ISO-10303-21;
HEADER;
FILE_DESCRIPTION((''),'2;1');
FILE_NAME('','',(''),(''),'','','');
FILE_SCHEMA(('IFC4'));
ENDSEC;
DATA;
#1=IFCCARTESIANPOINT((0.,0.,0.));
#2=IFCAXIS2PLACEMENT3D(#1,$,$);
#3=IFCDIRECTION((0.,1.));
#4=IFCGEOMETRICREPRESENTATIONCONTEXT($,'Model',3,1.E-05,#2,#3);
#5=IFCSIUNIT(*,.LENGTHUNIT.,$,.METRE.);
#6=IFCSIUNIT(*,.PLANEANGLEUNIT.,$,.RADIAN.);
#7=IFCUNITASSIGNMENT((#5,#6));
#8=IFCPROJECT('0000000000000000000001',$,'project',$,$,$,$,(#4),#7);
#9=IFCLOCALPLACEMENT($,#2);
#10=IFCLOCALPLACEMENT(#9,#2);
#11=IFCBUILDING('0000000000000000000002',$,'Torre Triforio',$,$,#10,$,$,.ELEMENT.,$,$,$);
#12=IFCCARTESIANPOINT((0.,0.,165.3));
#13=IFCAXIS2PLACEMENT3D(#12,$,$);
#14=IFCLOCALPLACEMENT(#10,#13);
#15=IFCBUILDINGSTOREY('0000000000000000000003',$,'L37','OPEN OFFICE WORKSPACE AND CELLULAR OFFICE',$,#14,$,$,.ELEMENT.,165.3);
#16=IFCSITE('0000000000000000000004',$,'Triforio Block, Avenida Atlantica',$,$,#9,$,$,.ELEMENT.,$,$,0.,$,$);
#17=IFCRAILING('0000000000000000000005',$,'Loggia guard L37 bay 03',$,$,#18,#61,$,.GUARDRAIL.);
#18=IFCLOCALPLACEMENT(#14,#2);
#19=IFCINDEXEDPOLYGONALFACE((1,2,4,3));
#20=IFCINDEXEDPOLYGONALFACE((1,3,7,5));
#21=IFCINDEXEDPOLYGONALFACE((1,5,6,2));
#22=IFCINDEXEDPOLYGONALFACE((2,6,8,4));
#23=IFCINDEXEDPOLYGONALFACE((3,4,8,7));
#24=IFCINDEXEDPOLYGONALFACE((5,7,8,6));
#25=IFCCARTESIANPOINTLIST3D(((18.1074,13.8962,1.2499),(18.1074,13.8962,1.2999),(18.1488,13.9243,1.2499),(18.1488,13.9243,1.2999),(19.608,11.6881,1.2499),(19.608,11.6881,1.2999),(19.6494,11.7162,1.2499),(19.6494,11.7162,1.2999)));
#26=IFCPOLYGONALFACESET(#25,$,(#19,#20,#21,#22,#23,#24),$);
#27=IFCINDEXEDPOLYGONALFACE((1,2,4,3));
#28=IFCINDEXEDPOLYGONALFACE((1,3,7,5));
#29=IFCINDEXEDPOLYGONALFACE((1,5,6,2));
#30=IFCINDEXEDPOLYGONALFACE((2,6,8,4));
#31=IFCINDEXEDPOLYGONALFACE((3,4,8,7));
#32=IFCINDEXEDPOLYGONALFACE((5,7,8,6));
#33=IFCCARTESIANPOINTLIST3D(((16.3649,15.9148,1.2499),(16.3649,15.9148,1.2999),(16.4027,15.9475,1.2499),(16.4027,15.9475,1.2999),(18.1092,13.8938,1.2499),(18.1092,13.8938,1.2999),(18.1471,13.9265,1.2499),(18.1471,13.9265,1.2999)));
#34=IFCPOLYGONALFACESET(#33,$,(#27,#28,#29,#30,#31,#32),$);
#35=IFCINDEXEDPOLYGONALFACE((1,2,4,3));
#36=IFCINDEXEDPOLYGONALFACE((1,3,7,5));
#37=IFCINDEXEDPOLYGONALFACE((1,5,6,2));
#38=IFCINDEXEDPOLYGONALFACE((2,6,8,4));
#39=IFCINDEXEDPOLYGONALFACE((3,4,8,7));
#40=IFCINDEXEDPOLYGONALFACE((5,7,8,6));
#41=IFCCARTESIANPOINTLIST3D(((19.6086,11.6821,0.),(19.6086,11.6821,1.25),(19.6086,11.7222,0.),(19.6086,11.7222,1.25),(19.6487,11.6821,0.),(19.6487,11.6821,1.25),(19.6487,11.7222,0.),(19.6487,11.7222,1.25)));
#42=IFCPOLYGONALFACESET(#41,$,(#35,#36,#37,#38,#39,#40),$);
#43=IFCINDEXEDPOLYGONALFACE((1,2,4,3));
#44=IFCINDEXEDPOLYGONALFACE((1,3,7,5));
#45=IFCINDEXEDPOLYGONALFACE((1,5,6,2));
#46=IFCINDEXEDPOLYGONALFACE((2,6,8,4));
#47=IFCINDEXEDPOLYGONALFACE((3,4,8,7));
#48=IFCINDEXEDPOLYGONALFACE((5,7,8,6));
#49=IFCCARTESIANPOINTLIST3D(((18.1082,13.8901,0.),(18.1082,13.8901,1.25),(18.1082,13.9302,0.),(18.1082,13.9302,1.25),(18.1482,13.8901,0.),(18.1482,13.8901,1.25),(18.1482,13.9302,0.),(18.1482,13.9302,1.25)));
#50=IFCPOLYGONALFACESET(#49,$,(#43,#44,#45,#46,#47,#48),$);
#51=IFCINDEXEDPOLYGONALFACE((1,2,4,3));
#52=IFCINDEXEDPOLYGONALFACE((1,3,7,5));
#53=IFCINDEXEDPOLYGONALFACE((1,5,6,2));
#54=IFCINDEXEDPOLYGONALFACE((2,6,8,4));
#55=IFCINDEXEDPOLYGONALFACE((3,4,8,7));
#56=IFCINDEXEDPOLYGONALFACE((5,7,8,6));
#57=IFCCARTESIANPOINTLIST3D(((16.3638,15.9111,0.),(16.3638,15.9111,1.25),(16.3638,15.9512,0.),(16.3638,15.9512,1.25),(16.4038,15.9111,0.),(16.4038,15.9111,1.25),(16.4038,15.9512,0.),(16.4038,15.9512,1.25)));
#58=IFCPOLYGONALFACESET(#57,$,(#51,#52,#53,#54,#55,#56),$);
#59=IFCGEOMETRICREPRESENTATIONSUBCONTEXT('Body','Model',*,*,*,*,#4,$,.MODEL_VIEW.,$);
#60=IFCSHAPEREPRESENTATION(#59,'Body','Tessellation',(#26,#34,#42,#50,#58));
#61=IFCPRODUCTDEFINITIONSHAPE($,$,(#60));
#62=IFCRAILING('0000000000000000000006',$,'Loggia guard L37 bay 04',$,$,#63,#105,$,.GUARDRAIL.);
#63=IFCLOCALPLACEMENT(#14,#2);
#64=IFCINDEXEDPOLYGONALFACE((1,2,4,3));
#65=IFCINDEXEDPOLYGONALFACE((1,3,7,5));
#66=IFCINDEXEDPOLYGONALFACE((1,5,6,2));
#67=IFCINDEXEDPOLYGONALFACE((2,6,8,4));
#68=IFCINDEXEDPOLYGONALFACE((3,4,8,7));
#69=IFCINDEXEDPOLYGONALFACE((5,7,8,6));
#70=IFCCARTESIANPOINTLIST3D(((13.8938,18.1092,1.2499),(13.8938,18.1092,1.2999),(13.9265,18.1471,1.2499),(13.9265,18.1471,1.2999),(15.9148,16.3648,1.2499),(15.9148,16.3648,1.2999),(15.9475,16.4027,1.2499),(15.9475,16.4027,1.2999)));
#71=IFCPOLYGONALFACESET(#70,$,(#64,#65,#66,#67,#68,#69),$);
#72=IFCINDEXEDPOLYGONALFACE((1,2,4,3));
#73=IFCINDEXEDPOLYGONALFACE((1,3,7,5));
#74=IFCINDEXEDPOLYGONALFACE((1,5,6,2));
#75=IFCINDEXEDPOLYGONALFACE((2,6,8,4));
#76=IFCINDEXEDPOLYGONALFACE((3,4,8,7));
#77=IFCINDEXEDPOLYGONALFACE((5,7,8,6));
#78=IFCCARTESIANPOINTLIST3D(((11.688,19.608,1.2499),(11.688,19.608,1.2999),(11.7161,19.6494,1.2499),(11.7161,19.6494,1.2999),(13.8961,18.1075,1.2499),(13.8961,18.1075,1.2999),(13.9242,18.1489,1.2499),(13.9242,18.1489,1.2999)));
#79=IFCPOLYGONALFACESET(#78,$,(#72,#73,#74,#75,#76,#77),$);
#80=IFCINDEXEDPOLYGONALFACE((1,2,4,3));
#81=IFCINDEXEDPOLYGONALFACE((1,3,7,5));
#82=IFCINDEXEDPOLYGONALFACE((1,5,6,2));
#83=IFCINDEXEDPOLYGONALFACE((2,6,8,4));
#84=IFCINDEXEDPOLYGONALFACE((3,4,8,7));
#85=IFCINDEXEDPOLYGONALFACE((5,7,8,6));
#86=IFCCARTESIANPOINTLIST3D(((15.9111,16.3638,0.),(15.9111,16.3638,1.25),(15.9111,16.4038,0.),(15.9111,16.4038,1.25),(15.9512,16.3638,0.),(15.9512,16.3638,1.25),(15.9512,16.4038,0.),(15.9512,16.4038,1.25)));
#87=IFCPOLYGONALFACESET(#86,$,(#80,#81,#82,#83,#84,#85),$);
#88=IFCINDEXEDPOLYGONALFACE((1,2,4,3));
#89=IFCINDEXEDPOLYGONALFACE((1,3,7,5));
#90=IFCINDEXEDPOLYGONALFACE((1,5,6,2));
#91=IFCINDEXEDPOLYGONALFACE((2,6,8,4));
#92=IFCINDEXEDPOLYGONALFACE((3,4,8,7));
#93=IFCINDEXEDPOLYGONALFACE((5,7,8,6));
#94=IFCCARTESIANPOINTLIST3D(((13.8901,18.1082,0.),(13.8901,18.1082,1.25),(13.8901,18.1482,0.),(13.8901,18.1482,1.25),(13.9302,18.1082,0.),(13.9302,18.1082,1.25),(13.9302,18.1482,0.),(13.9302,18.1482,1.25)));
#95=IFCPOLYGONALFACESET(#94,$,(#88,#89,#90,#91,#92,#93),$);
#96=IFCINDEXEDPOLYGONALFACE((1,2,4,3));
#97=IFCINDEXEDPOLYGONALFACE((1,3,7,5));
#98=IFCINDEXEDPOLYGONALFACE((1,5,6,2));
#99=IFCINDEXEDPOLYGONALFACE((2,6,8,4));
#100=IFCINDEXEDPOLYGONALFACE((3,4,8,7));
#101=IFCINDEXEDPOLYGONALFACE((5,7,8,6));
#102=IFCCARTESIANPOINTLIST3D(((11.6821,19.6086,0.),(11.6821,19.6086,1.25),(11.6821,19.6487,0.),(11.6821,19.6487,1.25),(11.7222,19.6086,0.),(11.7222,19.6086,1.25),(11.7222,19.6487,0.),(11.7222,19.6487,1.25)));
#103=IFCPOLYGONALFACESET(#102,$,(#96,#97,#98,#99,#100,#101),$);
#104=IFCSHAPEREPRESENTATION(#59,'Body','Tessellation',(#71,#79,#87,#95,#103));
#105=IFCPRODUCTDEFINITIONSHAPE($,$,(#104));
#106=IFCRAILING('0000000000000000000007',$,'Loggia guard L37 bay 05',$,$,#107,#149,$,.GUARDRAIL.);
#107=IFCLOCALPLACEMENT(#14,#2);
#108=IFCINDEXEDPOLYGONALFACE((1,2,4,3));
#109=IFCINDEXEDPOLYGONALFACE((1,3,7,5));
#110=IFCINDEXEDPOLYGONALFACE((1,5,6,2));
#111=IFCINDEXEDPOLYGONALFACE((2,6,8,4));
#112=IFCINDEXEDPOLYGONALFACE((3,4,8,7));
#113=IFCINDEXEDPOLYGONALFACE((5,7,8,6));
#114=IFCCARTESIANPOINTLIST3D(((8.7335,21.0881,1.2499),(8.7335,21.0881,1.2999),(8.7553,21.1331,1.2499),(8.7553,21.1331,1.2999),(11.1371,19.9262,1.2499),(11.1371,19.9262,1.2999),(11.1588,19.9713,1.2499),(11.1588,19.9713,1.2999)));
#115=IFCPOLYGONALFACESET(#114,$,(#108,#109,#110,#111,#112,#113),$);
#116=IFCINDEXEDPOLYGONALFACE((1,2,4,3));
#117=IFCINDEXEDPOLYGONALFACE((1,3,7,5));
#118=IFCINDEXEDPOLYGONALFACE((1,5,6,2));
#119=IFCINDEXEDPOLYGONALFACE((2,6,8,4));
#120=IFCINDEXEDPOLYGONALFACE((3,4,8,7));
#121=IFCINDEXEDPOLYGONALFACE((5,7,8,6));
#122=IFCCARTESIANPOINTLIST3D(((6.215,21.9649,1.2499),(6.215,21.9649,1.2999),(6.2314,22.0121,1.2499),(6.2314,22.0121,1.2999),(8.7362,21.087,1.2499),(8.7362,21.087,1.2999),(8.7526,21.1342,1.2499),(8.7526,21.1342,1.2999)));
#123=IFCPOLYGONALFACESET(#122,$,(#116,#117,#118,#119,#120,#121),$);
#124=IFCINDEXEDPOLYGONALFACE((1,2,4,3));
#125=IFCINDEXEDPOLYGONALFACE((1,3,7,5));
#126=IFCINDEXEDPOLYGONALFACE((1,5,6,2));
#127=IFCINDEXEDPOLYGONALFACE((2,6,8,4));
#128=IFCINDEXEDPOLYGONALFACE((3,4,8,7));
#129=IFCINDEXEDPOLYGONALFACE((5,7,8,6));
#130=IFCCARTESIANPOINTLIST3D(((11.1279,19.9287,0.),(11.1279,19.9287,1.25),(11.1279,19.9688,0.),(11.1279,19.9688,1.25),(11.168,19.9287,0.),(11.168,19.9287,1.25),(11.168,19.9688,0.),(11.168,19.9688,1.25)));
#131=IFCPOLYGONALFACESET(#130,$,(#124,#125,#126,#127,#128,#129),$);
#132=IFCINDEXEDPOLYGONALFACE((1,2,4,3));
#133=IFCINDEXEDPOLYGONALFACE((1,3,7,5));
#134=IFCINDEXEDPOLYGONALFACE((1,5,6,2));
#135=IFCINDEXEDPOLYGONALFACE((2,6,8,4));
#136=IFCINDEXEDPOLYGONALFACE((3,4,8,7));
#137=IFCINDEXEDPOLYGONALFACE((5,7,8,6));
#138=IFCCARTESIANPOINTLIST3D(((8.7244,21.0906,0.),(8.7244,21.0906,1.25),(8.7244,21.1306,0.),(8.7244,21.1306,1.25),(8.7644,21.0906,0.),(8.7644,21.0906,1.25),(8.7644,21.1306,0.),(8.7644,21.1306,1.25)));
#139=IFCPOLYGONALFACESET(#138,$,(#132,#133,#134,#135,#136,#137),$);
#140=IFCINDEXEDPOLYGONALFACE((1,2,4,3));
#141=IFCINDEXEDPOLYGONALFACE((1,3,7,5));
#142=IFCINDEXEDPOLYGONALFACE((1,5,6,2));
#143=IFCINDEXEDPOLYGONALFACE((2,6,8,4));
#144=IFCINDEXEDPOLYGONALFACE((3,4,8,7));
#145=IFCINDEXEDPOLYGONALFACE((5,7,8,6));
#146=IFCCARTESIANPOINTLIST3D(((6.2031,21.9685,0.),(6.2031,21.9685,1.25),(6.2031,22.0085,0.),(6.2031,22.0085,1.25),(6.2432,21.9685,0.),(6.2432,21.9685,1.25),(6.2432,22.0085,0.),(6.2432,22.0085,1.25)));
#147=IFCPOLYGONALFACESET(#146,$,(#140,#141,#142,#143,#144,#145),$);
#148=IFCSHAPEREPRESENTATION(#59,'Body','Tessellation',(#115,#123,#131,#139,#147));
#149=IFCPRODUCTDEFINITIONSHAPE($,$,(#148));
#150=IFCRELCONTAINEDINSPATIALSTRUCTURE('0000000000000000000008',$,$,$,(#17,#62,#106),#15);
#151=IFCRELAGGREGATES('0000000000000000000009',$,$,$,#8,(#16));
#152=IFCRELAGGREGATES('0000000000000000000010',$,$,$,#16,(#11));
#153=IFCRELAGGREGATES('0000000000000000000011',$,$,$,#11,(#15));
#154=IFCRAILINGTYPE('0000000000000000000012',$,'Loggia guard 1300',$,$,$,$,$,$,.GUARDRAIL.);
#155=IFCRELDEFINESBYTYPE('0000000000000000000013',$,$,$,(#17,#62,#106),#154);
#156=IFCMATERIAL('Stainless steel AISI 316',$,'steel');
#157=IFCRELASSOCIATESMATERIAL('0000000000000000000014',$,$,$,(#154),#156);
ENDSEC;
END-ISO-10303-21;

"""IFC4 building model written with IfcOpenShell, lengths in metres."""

from ifc_helpers import new_model, si_unit, direction, frame, origin, origin_2d, place, context, subcontext, project, spatial, rectangle, extrude, material, type_object, element, save


model = new_model("IFC4")

# Units and contexts
model_context = context("Model", 3, precision=1e-05, world=origin(), true_north=direction((0.0, 1.0)))
body_context = subcontext(model_context, "Body", "Model", "MODEL_VIEW")
ifc_project = project(units=[si_unit("LENGTHUNIT", "METRE"), si_unit("PLANEANGLEUNIT", "RADIAN")], contexts=[model_context])

# Site, building, storey
site_placement = place(None, origin())
site = spatial("IfcSite", under=ifc_project, at=site_placement, Name="Triforio Block, Avenida Atlantica", CompositionType="ELEMENT", RefElevation=0.0)
building_placement = place(site_placement, origin())
building = spatial("IfcBuilding", under=site, at=building_placement, Name="Torre Triforio", CompositionType="ELEMENT")
storey_placement = place(building_placement, frame((0.0, 0.0, 165.3)))
storey = spatial("IfcBuildingStorey", under=building, at=storey_placement, Name="L37", Description="OPEN OFFICE WORKSPACE AND CELLULAR OFFICE", CompositionType="ELEMENT", Elevation=165.3)

# Railings
ifc_material_1 = material(Name="Stainless steel AISI 316", Category="steel")
railing_type = type_object("IfcRailingType", Name="Loggia guard 1300", PredefinedType="GUARDRAIL", material=ifc_material_1)
railing_1_placement = place(storey_placement, frame((19.6287, 11.7021, 0.0)))
element("IfcRailing", 1, at=railing_1_placement, inside=storey, type_object=railing_type, Name="Loggia guard L37 bay 03", PredefinedType="GUARDRAIL", context=body_context, shape_type="SweptSolid", body=[
    extrude(rectangle(XDim=0.05, YDim=0.05, at=origin_2d()), frame((0.0, 0.0, 1.2749), z_axis=(-0.562065, 0.827093, 0.0), x_axis=(-0.827093, -0.562065, 0.0)), (0.0, 0.0, 1.0), 2.6697),
    extrude(rectangle(XDim=0.05, YDim=0.05, at=origin_2d()), frame((-1.5005, 2.208, 1.2749), z_axis=(-0.653401, 0.757012, 0.0), x_axis=(-0.757012, -0.653401, 0.0)), (0.0, 0.0, 1.0), 2.6697),
    extrude(rectangle(XDim=0.04, YDim=0.04, at=origin_2d()), origin(), (0.0, 0.0, 1.0), 1.25),
    extrude(rectangle(XDim=0.04, YDim=0.04, at=origin_2d()), frame((-1.5005, 2.208, 0.0)), (0.0, 0.0, 1.0), 1.25),
    extrude(rectangle(XDim=0.04, YDim=0.04, at=origin_2d()), frame((-3.2449, 4.229, 0.0)), (0.0, 0.0, 1.0), 1.25),
])
railing_2_placement = place(storey_placement, frame((15.9312, 16.3838, 0.0)))
element("IfcRailing", 2, at=railing_2_placement, inside=storey, type_object=railing_type, Name="Loggia guard L37 bay 04", PredefinedType="GUARDRAIL", context=body_context, shape_type="SweptSolid", body=[
    extrude(rectangle(XDim=0.05, YDim=0.05, at=origin_2d()), frame((0.0, 0.0, 1.2749), z_axis=(-0.757012, 0.653401, 0.0), x_axis=(-0.653401, -0.757012, 0.0)), (0.0, 0.0, 1.0), 2.6697),
    extrude(rectangle(XDim=0.05, YDim=0.05, at=origin_2d()), frame((-2.021, 1.7444, 1.2749), z_axis=(-0.827093, 0.562065, 0.0), x_axis=(-0.562065, -0.827093, 0.0)), (0.0, 0.0, 1.0), 2.6697),
    extrude(rectangle(XDim=0.04, YDim=0.04, at=origin_2d()), origin(), (0.0, 0.0, 1.0), 1.25),
    extrude(rectangle(XDim=0.04, YDim=0.04, at=origin_2d()), frame((-2.021, 1.7444, 0.0)), (0.0, 0.0, 1.0), 1.25),
    extrude(rectangle(XDim=0.04, YDim=0.04, at=origin_2d()), frame((-4.229, 3.2449, 0.0)), (0.0, 0.0, 1.0), 1.25),
])
railing_3_placement = place(storey_placement, frame((11.1479, 19.9487, 0.0)))
element("IfcRailing", 3, at=railing_3_placement, inside=storey, type_object=railing_type, Name="Loggia guard L37 bay 05", PredefinedType="GUARDRAIL", context=body_context, shape_type="SweptSolid", body=[
    extrude(rectangle(XDim=0.05, YDim=0.05, at=origin_2d()), frame((0.0, 0.0, 1.2749), z_axis=(-0.900328, 0.435212, 0.0), x_axis=(-0.435212, -0.900328, 0.0)), (0.0, 0.0, 1.0), 2.6697),
    extrude(rectangle(XDim=0.05, YDim=0.05, at=origin_2d()), frame((-2.4036, 1.1619, 1.2749), z_axis=(-0.944383, 0.328847, 0.0), x_axis=(-0.328847, -0.944383, 0.0)), (0.0, 0.0, 1.0), 2.6697),
    extrude(rectangle(XDim=0.04, YDim=0.04, at=origin_2d()), origin(), (0.0, 0.0, 1.0), 1.25),
    extrude(rectangle(XDim=0.04, YDim=0.04, at=origin_2d()), frame((-2.4036, 1.1619, 0.0)), (0.0, 0.0, 1.0), 1.25),
    extrude(rectangle(XDim=0.04, YDim=0.04, at=origin_2d()), frame((-4.9248, 2.0398, 0.0)), (0.0, 0.0, 1.0), 1.25),
])

save(model, "model.ifc")
